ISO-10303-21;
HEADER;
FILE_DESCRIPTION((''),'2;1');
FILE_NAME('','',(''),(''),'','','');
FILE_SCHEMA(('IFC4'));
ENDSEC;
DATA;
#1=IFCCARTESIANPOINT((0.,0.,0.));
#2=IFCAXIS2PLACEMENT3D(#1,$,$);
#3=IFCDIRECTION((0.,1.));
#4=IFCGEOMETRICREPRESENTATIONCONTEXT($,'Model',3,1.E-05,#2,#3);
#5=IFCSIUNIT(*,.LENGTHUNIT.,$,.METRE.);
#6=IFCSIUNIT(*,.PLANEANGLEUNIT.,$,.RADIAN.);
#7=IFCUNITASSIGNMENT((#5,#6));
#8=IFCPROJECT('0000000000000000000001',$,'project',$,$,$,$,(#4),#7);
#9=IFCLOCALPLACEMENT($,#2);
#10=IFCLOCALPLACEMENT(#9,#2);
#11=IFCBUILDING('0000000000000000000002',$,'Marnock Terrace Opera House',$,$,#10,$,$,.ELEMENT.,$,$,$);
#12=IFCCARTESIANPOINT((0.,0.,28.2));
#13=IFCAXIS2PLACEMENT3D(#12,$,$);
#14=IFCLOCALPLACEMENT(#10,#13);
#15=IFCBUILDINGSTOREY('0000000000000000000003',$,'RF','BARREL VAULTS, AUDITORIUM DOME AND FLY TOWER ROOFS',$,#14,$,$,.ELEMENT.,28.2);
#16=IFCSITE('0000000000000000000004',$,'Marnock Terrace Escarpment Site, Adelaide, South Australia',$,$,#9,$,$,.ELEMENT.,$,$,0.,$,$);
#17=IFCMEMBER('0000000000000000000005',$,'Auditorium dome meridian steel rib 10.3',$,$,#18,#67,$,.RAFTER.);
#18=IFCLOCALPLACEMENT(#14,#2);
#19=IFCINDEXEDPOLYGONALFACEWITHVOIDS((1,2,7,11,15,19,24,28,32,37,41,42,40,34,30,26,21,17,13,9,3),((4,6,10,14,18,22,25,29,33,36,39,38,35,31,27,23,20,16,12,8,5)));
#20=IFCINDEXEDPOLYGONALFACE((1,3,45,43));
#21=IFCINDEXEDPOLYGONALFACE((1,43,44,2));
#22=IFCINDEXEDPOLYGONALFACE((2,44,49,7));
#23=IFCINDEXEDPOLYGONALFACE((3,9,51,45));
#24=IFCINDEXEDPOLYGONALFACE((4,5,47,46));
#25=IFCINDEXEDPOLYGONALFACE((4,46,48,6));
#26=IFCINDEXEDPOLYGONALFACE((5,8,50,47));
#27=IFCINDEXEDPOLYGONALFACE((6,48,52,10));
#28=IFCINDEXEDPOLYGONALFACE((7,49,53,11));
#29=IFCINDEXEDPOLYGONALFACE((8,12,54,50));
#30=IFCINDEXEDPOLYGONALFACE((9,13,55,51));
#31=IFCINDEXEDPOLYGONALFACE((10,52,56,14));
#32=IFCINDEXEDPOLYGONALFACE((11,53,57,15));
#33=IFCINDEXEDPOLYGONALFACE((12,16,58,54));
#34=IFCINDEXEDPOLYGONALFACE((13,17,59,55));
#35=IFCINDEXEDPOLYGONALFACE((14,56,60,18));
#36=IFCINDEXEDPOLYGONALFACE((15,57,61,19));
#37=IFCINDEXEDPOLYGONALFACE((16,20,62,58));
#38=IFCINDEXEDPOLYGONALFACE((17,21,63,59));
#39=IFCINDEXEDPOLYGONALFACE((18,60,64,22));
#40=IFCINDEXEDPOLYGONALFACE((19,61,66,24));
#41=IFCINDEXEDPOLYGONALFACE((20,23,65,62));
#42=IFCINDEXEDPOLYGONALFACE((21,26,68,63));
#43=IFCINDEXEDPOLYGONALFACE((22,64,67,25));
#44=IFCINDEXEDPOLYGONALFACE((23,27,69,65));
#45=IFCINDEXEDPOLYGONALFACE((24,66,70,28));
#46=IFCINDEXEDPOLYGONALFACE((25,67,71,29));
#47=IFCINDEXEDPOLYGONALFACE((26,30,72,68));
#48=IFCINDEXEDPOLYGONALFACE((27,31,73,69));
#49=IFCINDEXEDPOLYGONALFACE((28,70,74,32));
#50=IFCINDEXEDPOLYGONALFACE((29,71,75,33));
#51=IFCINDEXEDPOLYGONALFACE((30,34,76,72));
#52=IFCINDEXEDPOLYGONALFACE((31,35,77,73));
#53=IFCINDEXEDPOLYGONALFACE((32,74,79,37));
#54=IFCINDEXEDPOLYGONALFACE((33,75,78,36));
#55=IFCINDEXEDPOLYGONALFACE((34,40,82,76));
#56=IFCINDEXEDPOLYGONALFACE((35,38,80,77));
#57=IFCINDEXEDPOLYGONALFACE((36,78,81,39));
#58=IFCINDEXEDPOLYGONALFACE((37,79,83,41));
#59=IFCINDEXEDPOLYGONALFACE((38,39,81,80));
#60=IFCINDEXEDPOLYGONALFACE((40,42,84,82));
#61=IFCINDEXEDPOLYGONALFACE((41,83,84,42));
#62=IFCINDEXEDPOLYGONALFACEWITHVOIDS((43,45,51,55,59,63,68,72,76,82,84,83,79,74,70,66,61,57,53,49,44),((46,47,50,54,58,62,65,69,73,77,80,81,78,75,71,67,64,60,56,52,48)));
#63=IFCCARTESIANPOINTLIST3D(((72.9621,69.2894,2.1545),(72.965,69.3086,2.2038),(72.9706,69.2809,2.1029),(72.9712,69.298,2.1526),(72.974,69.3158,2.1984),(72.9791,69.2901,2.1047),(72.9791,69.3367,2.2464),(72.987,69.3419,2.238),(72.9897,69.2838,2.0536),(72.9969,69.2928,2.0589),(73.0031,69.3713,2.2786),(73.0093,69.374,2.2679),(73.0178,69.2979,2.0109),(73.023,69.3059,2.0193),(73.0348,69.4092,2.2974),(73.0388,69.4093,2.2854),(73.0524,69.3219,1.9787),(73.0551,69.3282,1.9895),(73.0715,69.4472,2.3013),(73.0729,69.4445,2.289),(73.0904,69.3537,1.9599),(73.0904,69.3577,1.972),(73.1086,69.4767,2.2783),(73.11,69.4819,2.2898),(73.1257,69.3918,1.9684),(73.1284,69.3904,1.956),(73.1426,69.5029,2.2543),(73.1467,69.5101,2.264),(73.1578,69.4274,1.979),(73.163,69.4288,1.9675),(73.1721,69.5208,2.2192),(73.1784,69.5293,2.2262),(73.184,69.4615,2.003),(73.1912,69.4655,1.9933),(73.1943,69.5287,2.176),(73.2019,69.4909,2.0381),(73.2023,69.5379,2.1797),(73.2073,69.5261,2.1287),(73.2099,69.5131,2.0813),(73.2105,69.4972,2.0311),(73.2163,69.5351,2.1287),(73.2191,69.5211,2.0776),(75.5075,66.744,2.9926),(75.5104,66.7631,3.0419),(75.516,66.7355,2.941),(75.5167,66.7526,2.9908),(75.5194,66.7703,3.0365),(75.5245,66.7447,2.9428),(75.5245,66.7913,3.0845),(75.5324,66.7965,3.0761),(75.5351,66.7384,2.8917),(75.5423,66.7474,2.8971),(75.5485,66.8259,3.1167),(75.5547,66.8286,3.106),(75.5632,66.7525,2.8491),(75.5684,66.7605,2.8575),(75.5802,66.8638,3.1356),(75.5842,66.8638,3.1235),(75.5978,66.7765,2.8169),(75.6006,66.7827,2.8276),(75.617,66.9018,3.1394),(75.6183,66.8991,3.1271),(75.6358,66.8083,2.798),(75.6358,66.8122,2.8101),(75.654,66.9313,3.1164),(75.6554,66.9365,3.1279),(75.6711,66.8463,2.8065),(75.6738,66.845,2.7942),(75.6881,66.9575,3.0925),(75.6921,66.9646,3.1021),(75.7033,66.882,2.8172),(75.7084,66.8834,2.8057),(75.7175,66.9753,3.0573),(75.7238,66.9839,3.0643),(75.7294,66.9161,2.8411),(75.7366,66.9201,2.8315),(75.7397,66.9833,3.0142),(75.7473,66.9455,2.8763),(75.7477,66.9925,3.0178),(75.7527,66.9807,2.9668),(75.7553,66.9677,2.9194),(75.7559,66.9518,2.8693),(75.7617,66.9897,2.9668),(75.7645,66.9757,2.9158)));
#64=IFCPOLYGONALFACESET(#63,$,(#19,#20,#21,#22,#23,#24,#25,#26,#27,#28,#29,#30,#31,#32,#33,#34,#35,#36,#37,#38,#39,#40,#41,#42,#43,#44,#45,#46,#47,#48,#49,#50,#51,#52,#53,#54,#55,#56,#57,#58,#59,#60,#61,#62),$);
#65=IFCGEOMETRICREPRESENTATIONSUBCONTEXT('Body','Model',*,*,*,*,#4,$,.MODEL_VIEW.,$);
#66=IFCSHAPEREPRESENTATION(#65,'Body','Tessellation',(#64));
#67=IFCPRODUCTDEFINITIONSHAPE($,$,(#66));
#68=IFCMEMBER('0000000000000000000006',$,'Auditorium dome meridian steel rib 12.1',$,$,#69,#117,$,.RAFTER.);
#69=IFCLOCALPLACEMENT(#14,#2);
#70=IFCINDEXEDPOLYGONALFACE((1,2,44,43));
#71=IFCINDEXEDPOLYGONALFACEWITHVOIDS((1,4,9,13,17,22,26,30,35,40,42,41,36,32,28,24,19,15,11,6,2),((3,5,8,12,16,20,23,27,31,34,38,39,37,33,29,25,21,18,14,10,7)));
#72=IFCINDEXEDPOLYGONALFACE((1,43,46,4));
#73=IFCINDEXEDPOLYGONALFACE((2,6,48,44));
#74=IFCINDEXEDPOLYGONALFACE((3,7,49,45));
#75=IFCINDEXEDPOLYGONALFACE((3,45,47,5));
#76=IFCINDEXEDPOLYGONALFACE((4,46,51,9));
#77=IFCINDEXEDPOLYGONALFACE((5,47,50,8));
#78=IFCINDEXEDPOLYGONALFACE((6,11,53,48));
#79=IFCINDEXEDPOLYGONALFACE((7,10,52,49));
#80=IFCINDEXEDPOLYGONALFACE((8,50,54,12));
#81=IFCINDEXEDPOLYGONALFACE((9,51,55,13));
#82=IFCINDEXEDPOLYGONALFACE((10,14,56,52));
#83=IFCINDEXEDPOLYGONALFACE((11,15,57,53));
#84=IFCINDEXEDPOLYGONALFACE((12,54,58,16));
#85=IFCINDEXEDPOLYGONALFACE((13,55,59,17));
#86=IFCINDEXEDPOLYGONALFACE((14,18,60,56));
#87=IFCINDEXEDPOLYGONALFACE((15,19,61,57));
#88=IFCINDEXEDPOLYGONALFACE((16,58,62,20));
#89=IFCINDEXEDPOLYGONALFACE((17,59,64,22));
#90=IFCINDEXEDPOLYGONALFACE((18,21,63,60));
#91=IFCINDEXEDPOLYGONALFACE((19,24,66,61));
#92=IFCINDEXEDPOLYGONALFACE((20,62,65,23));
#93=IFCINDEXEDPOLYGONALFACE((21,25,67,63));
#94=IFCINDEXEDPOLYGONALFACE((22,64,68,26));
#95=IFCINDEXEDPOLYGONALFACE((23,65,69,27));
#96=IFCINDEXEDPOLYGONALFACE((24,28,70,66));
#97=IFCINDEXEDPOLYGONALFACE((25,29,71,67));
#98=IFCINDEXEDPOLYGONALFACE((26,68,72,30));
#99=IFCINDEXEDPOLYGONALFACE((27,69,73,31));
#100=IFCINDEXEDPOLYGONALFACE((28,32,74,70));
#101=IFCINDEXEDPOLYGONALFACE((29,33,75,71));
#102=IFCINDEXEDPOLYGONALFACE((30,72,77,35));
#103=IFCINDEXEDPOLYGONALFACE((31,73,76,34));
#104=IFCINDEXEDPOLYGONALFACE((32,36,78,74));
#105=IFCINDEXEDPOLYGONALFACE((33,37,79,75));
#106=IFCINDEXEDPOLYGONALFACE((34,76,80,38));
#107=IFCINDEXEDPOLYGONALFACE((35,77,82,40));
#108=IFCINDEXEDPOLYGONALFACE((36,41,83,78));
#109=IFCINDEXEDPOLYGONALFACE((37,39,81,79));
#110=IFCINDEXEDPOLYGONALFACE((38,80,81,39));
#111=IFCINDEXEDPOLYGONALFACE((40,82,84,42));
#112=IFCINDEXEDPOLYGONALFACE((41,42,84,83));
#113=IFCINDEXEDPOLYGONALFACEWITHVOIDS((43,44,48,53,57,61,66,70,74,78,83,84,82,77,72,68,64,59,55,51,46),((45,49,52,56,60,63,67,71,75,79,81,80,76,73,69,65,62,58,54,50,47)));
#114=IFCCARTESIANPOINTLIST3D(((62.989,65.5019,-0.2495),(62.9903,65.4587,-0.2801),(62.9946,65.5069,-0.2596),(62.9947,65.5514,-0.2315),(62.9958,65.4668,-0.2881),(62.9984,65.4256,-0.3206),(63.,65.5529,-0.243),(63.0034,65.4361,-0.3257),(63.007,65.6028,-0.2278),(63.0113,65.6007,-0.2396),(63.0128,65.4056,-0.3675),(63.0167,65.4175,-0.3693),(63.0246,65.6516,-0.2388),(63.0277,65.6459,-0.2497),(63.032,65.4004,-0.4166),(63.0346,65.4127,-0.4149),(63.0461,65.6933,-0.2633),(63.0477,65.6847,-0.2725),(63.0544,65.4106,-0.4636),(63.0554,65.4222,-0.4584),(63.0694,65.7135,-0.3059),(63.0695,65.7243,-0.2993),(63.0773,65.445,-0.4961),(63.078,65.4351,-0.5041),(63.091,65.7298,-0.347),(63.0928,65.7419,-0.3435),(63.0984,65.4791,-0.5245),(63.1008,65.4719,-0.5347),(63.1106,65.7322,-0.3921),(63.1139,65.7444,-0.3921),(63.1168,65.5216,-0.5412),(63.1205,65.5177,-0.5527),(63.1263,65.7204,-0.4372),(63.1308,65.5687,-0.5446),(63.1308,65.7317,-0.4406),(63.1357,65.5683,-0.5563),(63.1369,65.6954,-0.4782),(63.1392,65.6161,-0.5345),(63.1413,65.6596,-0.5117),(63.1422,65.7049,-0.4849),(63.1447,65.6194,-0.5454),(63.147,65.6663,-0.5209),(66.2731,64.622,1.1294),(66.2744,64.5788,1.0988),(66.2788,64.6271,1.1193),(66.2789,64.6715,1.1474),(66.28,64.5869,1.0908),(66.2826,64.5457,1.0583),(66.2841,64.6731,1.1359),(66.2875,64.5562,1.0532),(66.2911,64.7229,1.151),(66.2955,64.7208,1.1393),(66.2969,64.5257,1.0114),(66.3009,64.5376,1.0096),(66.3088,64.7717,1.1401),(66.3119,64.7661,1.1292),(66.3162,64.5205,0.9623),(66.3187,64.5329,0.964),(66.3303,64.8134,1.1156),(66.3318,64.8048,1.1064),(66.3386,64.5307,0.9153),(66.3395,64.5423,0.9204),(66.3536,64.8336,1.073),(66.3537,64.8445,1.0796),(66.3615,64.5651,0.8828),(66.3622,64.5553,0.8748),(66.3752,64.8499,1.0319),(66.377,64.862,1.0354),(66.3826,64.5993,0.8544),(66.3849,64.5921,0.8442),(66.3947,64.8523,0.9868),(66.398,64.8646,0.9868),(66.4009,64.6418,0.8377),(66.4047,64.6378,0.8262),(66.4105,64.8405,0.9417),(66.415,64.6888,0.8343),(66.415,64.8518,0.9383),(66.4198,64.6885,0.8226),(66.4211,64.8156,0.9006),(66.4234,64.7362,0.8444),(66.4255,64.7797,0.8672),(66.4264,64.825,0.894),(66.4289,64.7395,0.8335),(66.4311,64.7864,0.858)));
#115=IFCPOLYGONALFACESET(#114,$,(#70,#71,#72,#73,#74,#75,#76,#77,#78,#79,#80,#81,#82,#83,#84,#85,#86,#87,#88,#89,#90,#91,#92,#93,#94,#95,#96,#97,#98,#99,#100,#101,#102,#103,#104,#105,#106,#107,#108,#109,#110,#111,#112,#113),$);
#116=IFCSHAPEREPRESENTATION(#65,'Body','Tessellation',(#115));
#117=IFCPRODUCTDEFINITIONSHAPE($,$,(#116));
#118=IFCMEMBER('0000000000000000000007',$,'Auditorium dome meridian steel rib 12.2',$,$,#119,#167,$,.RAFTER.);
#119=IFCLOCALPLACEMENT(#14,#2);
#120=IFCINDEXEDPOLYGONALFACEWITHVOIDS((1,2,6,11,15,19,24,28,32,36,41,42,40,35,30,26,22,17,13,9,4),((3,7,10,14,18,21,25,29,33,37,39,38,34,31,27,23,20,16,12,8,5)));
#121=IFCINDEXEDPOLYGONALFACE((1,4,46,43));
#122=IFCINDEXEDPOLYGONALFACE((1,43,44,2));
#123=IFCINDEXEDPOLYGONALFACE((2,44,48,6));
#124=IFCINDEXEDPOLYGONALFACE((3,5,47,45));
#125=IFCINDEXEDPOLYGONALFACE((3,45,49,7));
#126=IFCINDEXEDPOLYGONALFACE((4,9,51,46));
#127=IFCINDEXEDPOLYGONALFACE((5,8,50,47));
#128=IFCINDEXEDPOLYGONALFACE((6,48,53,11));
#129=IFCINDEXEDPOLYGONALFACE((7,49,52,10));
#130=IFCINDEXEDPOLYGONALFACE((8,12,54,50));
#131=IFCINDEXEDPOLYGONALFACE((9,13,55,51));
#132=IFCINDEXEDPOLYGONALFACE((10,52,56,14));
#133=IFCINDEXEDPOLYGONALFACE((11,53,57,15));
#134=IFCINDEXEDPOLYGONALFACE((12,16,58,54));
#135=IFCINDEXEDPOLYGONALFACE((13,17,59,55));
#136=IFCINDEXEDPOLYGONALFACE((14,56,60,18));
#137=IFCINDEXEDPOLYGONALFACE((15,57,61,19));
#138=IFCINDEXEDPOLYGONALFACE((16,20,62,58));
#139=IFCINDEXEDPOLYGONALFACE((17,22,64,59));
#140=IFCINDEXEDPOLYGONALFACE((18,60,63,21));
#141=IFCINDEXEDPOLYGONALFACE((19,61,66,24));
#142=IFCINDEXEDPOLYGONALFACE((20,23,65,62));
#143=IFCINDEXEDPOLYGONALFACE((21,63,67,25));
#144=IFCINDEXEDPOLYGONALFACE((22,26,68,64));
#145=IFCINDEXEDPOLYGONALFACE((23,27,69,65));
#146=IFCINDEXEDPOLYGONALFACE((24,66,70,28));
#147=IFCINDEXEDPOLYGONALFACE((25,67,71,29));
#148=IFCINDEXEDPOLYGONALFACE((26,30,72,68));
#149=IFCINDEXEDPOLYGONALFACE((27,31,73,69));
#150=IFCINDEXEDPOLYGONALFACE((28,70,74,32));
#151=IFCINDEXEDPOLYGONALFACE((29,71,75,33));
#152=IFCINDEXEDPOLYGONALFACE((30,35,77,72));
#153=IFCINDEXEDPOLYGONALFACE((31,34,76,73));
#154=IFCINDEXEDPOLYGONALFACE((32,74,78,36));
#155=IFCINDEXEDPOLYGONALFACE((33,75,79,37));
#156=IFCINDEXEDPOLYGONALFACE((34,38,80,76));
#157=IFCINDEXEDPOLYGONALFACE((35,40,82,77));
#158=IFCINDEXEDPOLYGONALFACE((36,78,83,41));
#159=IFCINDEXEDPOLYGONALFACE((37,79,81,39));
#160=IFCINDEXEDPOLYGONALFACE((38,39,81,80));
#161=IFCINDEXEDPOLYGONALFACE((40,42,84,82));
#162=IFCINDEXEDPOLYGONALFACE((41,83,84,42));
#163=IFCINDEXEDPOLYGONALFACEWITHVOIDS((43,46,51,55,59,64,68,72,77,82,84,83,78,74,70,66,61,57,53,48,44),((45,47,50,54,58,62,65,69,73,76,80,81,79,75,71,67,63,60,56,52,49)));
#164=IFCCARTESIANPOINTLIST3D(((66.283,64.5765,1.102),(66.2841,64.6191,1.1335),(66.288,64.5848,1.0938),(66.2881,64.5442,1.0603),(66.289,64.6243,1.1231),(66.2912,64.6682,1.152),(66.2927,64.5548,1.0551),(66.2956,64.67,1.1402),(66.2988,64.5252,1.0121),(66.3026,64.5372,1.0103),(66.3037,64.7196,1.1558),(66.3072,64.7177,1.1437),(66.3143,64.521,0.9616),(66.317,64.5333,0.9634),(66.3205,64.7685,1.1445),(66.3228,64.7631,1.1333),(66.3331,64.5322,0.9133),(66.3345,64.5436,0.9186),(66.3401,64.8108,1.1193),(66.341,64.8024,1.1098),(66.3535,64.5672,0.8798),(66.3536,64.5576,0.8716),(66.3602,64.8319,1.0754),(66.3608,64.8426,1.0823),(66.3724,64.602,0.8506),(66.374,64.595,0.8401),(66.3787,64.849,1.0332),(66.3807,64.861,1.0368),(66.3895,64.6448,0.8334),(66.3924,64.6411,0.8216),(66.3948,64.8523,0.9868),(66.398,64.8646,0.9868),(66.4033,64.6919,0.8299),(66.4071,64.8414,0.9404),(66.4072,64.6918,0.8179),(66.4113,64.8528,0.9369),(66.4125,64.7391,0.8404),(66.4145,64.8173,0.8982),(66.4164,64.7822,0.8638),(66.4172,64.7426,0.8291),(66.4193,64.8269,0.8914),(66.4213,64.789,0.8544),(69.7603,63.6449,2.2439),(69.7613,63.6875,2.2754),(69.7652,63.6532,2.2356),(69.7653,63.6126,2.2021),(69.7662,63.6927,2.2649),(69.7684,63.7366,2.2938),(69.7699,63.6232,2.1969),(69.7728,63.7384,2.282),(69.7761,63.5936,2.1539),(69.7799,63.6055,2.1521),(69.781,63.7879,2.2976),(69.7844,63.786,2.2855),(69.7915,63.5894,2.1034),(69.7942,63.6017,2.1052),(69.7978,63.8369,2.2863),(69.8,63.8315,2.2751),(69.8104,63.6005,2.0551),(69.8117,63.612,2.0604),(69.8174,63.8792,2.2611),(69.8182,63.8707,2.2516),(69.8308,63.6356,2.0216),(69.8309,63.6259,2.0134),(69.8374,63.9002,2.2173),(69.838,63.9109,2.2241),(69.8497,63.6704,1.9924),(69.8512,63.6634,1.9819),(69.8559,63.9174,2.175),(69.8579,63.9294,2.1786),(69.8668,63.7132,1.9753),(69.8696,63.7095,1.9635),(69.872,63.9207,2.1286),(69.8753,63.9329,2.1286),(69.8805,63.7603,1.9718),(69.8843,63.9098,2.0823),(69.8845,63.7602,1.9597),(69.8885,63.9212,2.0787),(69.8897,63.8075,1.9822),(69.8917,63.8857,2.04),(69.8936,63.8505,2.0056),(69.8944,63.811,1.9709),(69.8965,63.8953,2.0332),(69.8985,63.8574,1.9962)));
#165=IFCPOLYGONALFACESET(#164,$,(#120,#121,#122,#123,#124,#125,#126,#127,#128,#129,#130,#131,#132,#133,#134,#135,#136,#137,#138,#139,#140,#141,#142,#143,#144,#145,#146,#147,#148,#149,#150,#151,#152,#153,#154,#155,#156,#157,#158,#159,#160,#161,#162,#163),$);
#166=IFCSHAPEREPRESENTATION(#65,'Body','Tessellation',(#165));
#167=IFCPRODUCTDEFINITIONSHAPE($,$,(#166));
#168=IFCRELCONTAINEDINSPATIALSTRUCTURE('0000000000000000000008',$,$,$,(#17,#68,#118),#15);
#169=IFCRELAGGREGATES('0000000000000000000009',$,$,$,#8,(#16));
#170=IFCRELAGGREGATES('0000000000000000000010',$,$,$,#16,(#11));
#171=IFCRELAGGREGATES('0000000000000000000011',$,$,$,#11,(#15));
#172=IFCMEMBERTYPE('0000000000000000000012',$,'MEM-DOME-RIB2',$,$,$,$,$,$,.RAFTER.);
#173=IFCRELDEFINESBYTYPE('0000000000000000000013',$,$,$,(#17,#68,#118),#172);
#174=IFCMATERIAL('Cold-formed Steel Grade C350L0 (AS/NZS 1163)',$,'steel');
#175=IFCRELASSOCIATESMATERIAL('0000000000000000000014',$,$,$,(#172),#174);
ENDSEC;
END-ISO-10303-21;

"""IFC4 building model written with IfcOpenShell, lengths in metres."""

from ifc_helpers import new_model, si_unit, direction, frame, origin, origin_2d, place, context, subcontext, project, spatial, hollow_circle, extrude, material, material_profile, profile_set, type_object, element, save


model = new_model("IFC4")

# Units and contexts
model_context = context("Model", 3, precision=1e-05, world=origin(), true_north=direction((0.0, 1.0)))
body_context = subcontext(model_context, "Body", "Model", "MODEL_VIEW")
ifc_project = project(units=[si_unit("LENGTHUNIT", "METRE"), si_unit("PLANEANGLEUNIT", "RADIAN")], contexts=[model_context])

# Site, building, storey
site_placement = place(None, origin())
site = spatial("IfcSite", under=ifc_project, at=site_placement, Name="Marnock Terrace Escarpment Site, Adelaide, South Australia", CompositionType="ELEMENT", RefElevation=0.0)
building_placement = place(site_placement, origin())
building = spatial("IfcBuilding", under=site, at=building_placement, Name="Marnock Terrace Opera House", CompositionType="ELEMENT")
storey_placement = place(building_placement, frame((0.0, 0.0, 28.2)))
storey = spatial("IfcBuildingStorey", under=building, at=storey_placement, Name="RF", Description="BARREL VAULTS, AUDITORIUM DOME AND FLY TOWER ROOFS", CompositionType="ELEMENT", Elevation=28.2)

# Members
ifc_material_1 = material(Name="Cold-formed Steel Grade C350L0 (AS/NZS 1163)", Category="steel")
ifc_material_profile_1 = material_profile(ifc_material_1, hollow_circle(Radius=0.1777, WallThickness=0.0127, at=origin_2d()))
ifc_profile_set_1 = profile_set([ifc_material_profile_1], Name="Cold-formed Steel Grade C350L0 (AS/NZS 1163)")
member_type_1 = type_object("IfcMemberType", Name="MEM-DOME-RIB2", PredefinedType="RAFTER", material=ifc_profile_set_1)
member_1_placement = place(storey_placement, frame((73.0906, 69.4094, 2.1287), z_axis=(0.688686, -0.688686, 0.226766), x_axis=(0.707107, 0.707107, 0.0)))
element("IfcMember", 1, at=member_1_placement, inside=storey, type_object=member_type_1, Name="Auditorium dome meridian steel rib 10.3", PredefinedType="RAFTER", context=body_context, shape_type="SweptSolid", body=[
    extrude(hollow_circle(Radius=0.1777, WallThickness=0.0127, at=origin_2d()), origin(), (0.0, 0.0, 1.0), 3.696),
])
member_2_placement = place(storey_placement, frame((63.0679, 65.5728, -0.3921), z_axis=(0.895121, -0.239817, 0.375828), x_axis=(0.258789, 0.965934, 0.0)))
element("IfcMember", 2, at=member_2_placement, inside=storey, type_object=member_type_1, Name="Auditorium dome meridian steel rib 12.1", PredefinedType="RAFTER", context=body_context, shape_type="SweptSolid", body=[
    extrude(hollow_circle(Radius=0.1777, WallThickness=0.0127, at=origin_2d()), origin(), (0.0, 0.0, 1.0), 3.6689),
])
member_3_placement = place(storey_placement, frame((66.3521, 64.6929, 0.9868), z_axis=(0.920727, -0.246682, 0.302341), x_axis=(0.258794, 0.965933, 0.0)))
element("IfcMember", 3, at=member_3_placement, inside=storey, type_object=member_type_1, Name="Auditorium dome meridian steel rib 12.2", PredefinedType="RAFTER", context=body_context, shape_type="SweptSolid", body=[
    extrude(hollow_circle(Radius=0.1777, WallThickness=0.0127, at=origin_2d()), origin(), (0.0, 0.0, 1.0), 3.7766),
])

save(model, "model.ifc")
